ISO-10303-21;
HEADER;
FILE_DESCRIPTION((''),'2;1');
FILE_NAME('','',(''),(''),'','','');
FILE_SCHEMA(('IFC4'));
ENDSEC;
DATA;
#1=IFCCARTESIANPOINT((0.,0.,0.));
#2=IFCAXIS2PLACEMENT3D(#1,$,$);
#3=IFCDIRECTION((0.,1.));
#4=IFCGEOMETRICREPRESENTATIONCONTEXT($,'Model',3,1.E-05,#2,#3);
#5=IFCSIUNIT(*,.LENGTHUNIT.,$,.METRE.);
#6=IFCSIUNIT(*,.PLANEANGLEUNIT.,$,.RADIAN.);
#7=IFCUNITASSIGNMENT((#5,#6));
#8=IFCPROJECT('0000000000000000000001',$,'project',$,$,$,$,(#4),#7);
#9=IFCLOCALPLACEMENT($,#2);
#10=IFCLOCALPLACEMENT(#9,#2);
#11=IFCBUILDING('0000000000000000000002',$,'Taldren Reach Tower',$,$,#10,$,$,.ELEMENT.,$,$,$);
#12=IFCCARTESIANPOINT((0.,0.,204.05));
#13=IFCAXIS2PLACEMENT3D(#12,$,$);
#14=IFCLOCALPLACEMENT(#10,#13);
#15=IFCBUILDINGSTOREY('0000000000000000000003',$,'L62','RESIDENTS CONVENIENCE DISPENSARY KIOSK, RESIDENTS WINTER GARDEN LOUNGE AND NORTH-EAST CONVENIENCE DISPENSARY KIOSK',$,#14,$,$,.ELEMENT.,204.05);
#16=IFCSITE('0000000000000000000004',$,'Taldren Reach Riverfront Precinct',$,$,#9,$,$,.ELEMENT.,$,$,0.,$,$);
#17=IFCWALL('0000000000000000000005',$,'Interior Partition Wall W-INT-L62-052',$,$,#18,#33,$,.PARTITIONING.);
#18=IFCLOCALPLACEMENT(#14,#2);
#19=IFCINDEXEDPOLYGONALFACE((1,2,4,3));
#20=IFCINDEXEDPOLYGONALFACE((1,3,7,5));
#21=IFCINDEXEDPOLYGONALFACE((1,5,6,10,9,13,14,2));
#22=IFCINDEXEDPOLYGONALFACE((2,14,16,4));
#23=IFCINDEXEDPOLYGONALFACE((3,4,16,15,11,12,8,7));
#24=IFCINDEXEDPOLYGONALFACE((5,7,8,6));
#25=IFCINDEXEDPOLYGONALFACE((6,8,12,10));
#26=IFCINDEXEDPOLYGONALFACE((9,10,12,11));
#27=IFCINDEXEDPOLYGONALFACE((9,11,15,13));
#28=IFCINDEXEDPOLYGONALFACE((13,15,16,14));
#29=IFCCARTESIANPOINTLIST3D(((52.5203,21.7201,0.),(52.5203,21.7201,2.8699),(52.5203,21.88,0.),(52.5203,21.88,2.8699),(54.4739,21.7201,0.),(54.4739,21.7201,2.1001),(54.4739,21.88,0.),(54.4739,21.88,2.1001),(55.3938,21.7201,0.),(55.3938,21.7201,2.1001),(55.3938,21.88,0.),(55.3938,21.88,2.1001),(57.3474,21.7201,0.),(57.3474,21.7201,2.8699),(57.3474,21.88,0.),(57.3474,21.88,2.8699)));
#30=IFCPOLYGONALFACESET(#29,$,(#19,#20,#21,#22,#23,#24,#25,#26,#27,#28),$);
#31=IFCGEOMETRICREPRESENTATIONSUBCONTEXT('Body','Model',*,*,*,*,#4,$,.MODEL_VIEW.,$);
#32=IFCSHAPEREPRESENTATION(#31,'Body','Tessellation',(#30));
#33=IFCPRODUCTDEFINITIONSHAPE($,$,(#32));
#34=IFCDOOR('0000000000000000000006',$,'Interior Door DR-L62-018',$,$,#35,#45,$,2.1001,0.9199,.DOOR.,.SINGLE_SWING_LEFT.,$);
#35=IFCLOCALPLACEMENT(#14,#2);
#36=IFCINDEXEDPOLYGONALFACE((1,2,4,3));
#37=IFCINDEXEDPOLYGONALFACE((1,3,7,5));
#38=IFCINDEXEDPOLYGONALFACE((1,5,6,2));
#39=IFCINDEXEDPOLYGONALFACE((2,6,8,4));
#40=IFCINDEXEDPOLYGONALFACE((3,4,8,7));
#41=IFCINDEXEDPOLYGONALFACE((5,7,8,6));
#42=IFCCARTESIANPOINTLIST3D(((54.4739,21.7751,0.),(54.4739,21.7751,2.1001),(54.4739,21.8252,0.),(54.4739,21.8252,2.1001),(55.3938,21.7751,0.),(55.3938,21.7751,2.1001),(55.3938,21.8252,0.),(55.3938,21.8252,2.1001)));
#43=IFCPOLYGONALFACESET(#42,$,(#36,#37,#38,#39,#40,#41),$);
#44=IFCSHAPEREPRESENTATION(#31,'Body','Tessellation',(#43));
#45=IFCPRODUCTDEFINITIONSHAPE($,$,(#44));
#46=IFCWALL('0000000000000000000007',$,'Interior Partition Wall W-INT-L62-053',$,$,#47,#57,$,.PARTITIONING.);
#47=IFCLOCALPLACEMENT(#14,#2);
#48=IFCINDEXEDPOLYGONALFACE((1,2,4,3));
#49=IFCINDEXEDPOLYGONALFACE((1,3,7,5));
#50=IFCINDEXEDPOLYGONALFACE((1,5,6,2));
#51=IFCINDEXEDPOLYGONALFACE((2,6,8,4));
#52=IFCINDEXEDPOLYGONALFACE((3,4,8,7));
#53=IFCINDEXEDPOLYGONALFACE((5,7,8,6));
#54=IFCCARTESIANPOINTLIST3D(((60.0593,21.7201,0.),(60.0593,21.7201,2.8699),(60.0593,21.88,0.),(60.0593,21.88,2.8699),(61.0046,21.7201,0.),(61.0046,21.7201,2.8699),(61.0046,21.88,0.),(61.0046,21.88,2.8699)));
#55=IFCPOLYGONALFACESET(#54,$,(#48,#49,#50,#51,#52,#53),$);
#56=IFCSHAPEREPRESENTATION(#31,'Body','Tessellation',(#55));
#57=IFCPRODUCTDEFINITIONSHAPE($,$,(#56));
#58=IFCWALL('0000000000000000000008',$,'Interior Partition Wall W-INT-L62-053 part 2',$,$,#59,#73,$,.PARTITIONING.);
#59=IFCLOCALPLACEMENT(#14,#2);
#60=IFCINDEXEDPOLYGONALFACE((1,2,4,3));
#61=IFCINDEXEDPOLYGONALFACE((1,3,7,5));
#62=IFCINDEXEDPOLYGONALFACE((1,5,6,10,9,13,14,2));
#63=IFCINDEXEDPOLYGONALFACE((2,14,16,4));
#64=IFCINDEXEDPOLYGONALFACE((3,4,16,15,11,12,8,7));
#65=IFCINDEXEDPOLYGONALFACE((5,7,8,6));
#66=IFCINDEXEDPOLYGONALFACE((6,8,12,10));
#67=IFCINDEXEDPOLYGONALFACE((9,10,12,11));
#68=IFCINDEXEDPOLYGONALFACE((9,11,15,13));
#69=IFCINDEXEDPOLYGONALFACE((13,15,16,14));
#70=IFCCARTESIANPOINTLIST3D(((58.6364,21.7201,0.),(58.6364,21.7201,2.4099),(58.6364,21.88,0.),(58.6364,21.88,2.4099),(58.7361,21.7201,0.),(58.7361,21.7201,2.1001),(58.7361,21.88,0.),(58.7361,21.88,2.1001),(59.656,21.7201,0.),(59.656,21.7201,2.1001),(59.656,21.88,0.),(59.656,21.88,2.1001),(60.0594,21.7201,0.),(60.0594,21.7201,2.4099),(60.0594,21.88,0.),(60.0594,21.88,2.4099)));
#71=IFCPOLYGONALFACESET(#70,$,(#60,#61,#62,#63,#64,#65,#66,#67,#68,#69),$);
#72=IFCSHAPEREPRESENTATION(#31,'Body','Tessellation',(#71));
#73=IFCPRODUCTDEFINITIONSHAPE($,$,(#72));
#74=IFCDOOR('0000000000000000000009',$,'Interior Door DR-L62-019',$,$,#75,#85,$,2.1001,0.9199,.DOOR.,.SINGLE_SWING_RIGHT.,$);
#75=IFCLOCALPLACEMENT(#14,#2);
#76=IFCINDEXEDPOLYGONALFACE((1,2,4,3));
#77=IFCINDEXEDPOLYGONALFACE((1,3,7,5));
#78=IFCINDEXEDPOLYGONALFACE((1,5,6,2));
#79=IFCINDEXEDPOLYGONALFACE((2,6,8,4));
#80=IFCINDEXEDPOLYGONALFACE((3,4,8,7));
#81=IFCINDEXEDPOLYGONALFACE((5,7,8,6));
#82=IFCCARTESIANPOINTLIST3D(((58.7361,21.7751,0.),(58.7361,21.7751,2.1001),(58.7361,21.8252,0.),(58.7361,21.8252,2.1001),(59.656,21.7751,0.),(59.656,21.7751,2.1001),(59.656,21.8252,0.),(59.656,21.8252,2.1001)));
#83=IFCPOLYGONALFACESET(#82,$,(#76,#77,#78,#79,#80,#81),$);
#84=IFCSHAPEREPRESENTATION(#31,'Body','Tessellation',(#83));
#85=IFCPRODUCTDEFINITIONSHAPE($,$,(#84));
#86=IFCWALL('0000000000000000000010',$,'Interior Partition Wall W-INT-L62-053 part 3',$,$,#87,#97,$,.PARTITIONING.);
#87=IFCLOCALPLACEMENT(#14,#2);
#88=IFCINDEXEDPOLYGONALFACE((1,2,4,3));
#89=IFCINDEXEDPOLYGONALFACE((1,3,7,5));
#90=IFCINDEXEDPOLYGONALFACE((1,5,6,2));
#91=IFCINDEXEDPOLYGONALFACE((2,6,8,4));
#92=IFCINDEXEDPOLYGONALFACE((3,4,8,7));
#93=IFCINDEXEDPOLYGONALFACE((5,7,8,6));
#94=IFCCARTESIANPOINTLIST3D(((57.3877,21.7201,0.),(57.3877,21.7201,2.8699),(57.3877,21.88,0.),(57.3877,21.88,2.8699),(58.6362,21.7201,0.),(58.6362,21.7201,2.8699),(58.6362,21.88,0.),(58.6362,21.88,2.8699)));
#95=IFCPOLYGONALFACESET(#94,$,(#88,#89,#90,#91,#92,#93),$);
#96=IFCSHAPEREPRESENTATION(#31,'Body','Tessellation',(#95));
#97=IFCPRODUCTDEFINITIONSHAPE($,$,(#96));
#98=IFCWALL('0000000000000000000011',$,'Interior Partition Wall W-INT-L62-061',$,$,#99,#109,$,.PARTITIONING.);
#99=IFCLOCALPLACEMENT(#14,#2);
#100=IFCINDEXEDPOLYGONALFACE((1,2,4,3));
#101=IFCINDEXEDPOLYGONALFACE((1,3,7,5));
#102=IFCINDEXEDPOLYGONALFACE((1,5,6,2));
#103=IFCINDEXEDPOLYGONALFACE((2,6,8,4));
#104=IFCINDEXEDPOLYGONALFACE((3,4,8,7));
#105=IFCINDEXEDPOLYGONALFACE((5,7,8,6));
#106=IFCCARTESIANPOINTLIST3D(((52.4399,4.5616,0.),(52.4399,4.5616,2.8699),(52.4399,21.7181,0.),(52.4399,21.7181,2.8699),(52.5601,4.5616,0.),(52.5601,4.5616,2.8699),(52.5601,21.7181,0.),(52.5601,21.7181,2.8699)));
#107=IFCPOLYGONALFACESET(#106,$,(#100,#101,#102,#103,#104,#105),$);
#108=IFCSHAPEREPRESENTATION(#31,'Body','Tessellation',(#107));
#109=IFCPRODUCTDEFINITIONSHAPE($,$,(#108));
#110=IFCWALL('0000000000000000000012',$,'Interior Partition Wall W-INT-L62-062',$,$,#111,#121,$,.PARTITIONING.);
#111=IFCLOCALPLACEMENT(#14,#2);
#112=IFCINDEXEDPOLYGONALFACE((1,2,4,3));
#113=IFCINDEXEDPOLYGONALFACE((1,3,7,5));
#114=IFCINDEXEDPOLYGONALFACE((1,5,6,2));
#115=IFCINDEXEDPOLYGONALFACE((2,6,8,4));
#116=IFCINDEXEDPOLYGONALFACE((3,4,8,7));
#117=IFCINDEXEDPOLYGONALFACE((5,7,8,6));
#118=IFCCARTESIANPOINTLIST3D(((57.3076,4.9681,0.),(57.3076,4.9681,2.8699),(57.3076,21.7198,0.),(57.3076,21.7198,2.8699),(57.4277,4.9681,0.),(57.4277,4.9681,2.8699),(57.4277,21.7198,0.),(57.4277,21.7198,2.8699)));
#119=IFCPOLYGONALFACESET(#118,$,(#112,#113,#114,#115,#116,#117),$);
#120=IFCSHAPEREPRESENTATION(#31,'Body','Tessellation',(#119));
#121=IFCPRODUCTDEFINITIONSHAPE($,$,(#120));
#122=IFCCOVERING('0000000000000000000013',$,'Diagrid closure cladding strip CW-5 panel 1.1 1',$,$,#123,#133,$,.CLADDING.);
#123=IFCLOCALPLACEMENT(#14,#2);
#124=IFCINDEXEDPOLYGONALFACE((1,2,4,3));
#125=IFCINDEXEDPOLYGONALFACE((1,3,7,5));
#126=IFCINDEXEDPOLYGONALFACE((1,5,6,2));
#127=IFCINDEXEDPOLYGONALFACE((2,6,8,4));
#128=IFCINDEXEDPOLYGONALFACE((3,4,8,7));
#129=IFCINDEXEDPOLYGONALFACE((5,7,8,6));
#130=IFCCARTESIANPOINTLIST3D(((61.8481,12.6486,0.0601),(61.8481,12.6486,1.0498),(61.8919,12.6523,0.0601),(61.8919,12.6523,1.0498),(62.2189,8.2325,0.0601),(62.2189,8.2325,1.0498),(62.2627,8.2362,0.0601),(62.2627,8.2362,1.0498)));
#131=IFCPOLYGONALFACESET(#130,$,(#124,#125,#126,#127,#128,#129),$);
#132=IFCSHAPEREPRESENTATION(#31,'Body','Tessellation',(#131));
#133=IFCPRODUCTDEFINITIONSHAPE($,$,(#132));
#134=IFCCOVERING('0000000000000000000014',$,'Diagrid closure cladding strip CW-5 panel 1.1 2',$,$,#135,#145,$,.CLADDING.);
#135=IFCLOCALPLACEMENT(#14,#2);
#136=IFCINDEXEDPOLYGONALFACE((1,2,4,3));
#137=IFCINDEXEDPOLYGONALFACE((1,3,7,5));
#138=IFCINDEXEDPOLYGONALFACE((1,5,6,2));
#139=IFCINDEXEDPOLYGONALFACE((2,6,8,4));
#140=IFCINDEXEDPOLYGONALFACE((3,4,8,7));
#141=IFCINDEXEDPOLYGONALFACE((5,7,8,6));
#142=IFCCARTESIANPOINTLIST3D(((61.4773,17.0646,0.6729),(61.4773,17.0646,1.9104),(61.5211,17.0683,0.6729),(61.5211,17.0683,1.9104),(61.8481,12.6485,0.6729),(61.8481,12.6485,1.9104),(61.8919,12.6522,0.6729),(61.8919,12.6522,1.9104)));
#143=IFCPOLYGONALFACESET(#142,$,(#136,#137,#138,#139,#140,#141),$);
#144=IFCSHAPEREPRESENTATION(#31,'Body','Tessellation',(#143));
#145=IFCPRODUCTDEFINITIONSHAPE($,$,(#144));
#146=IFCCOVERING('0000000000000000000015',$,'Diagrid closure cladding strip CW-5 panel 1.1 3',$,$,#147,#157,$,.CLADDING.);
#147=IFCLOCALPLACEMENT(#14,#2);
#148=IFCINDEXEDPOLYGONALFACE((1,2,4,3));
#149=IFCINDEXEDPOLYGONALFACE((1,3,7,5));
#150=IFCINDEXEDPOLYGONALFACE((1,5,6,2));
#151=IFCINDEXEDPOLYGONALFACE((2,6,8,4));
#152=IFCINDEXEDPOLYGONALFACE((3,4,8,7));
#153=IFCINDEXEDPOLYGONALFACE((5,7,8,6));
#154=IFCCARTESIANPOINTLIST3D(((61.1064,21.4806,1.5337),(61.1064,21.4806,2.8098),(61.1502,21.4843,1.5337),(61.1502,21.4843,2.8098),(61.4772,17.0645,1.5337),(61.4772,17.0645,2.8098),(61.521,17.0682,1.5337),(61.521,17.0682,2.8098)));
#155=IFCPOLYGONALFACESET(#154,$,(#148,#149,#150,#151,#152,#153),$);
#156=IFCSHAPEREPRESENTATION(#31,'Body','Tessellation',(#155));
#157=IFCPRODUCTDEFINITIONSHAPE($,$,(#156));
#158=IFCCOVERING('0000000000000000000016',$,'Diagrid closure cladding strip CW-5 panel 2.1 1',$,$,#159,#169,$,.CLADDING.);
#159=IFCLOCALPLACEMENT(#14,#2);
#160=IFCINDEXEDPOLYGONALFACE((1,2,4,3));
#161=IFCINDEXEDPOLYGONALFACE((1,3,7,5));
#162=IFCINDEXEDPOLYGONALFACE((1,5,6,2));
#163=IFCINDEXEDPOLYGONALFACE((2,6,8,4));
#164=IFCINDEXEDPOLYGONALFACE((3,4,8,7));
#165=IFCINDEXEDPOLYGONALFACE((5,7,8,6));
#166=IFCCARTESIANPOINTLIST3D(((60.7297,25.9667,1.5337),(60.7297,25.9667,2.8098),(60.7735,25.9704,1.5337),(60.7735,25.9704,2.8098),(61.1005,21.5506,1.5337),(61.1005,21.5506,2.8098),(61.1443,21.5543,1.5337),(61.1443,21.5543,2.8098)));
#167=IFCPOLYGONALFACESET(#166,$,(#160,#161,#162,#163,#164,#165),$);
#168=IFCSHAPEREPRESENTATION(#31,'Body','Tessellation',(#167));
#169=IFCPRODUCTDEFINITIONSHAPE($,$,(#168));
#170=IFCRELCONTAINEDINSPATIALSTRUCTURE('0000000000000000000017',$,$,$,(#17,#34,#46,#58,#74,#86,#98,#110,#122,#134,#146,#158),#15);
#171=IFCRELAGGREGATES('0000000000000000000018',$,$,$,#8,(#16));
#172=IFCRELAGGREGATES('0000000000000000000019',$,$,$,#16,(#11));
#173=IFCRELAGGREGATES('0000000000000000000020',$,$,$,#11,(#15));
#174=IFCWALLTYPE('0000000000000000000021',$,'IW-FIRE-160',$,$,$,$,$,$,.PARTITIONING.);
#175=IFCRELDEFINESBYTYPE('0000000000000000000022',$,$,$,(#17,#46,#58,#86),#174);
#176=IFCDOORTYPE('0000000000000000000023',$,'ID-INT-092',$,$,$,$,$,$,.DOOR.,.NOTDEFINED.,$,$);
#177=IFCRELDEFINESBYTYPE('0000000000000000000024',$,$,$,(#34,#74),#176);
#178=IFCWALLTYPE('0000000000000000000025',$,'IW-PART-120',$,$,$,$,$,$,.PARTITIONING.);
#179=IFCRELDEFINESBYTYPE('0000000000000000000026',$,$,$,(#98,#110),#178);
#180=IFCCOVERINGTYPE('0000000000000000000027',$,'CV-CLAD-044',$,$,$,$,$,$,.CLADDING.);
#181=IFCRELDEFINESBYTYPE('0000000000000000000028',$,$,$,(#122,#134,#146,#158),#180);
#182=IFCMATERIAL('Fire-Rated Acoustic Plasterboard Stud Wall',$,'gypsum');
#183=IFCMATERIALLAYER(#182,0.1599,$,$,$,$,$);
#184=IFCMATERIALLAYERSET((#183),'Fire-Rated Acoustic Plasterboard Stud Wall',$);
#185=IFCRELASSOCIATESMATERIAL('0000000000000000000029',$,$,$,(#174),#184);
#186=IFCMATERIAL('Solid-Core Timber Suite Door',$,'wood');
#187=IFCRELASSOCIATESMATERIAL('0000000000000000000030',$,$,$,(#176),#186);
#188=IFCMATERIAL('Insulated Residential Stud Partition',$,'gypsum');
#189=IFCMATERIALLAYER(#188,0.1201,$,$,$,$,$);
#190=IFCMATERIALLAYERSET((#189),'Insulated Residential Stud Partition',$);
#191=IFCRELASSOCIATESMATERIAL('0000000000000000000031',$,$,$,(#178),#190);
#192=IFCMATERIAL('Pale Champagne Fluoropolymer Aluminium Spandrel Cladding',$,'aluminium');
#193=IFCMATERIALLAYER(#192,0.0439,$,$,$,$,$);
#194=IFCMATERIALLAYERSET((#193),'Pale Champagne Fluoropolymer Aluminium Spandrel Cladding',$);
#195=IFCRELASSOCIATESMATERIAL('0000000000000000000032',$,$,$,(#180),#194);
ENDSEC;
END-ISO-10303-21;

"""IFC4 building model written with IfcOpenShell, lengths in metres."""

from ifc_helpers import new_model, si_unit, direction, frame, frame_2d, origin, origin_2d, place, context, subcontext, project, spatial, rectangle, extrude, source, transform, mapped, material, layer, layer_set, type_object, element, fill, save


model = new_model("IFC4")

# Units and contexts
model_context = context("Model", 3, precision=1e-05, world=origin(), true_north=direction((0.0, 1.0)))
body_context = subcontext(model_context, "Body", "Model", "MODEL_VIEW")
ifc_project = project(units=[si_unit("LENGTHUNIT", "METRE"), si_unit("PLANEANGLEUNIT", "RADIAN")], contexts=[model_context])

# Site, building, storey
site_placement = place(None, origin())
site = spatial("IfcSite", under=ifc_project, at=site_placement, Name="Taldren Reach Riverfront Precinct", CompositionType="ELEMENT", RefElevation=0.0)
building_placement = place(site_placement, origin())
building = spatial("IfcBuilding", under=site, at=building_placement, Name="Taldren Reach Tower", CompositionType="ELEMENT")
storey_placement = place(building_placement, frame((0.0, 0.0, 204.05)))
storey = spatial("IfcBuildingStorey", under=building, at=storey_placement, Name="L62", Description="RESIDENTS CONVENIENCE DISPENSARY KIOSK, RESIDENTS WINTER GARDEN LOUNGE AND NORTH-EAST CONVENIENCE DISPENSARY KIOSK", CompositionType="ELEMENT", Elevation=204.05)

# Wall, opening, door
ifc_material_1 = material(Name="Fire-Rated Acoustic Plasterboard Stud Wall", Category="gypsum")
ifc_layer_1 = layer(ifc_material_1, 0.1599)
ifc_layer_set_1 = layer_set([ifc_layer_1], Name="Fire-Rated Acoustic Plasterboard Stud Wall")
wall_type_1 = type_object("IfcWallType", Name="IW-FIRE-160", PredefinedType="PARTITIONING", material=ifc_layer_set_1)
shared_shape_1 = source(origin(), body_context, "Body", "SweptSolid", [
    extrude(rectangle(XDim=4.8271, YDim=0.1599, at=frame_2d((2.4136, 0.0))), origin(), (0.0, 0.0, 1.0), 2.8699),
])
wall_1_placement = place(storey_placement, frame((57.3474, 21.8, 0.0), z_axis=(0.0, 0.0, 1.0), x_axis=(-1.0, 0.0, 0.0)))
wall_1 = element("IfcWall", 1, at=wall_1_placement, inside=storey, type_object=wall_type_1, Name="Interior Partition Wall W-INT-L62-052", PredefinedType="PARTITIONING", context=body_context, shape_type="MappedRepresentation", body=[
    mapped(shared_shape_1, transform((0.0, 0.0, 0.0), scale=1.0)),
])
shared_shape_2 = source(origin(), body_context, "Body", "SweptSolid", [
    extrude(rectangle(XDim=0.9199, YDim=2.1001, at=frame_2d((0.46, 1.05))), frame((0.0, 0.0898, 0.0), z_axis=(0.0, -1.0, 0.0), x_axis=(1.0, 0.0, 0.0)), (0.0, 0.0, 1.0), 0.1799),
])
opening_1_placement = place(wall_1_placement, frame((1.9536, 0.0, 0.0)))
opening_1 = element("IfcOpeningElement", 2, at=opening_1_placement, cuts=wall_1, PredefinedType="OPENING", context=body_context, shape_type="MappedRepresentation", body=[
    mapped(shared_shape_2, transform((0.0, 0.0, 0.0), scale=1.0)),
])
ifc_material_2 = material(Name="Solid-Core Timber Suite Door", Category="wood")
door_type = type_object("IfcDoorType", Name="ID-INT-092", OperationType="NOTDEFINED", PredefinedType="DOOR", material=ifc_material_2)
shared_shape_3 = source(origin(), body_context, "Body", "SweptSolid", [
    extrude(rectangle(XDim=0.9199, YDim=2.1001, at=frame_2d((0.46, 1.05))), frame((0.0, 0.0249, 0.0), z_axis=(0.0, -1.0, 0.0), x_axis=(1.0, 0.0, 0.0)), (0.0, 0.0, 1.0), 0.05),
])
door_1_placement = place(opening_1_placement, origin())
door_1 = element("IfcDoor", 3, at=door_1_placement, inside=storey, type_object=door_type, Name="Interior Door DR-L62-018", OperationType="SINGLE_SWING_LEFT", OverallHeight=2.1001, OverallWidth=0.9199, PredefinedType="DOOR", context=body_context, shape_type="MappedRepresentation", body=[
    mapped(shared_shape_3, transform((0.0, 0.0, 0.0), scale=1.0)),
])
fill(opening_1, door_1)

# Wall
shared_shape_4 = source(origin(), body_context, "Body", "SweptSolid", [
    extrude(rectangle(XDim=0.9453, YDim=0.1599, at=frame_2d((0.4727, 0.0))), origin(), (0.0, 0.0, 1.0), 2.8699),
])
wall_2_placement = place(storey_placement, frame((61.0046, 21.8, 0.0), z_axis=(0.0, 0.0, 1.0), x_axis=(-1.0, 0.0, 0.0)))
element("IfcWall", 4, at=wall_2_placement, inside=storey, type_object=wall_type_1, Name="Interior Partition Wall W-INT-L62-053", PredefinedType="PARTITIONING", context=body_context, shape_type="MappedRepresentation", body=[
    mapped(shared_shape_4, transform((0.0, 0.0, 0.0), scale=1.0)),
])

# Wall, opening, door
shared_shape_5 = source(origin(), body_context, "Body", "SweptSolid", [
    extrude(rectangle(XDim=1.4231, YDim=0.1599, at=frame_2d((0.7114, 0.0))), origin(), (0.0, 0.0, 1.0), 2.4099),
])
wall_3_placement = place(storey_placement, frame((60.0593, 21.8, 0.0), z_axis=(0.0, 0.0, 1.0), x_axis=(-1.0, 0.0, 0.0)))
wall_3 = element("IfcWall", 5, at=wall_3_placement, inside=storey, type_object=wall_type_1, Name="Interior Partition Wall W-INT-L62-053 part 2", PredefinedType="PARTITIONING", context=body_context, shape_type="MappedRepresentation", body=[
    mapped(shared_shape_5, transform((0.0, 0.0, 0.0), scale=1.0)),
])
opening_2_placement = place(wall_3_placement, frame((0.4033, 0.0, 0.0)))
opening_2 = element("IfcOpeningElement", 6, at=opening_2_placement, cuts=wall_3, PredefinedType="OPENING", context=body_context, shape_type="MappedRepresentation", body=[
    mapped(shared_shape_2, transform((0.0, 0.0, 0.0), scale=1.0)),
])
door_2_placement = place(opening_2_placement, origin())
door_2 = element("IfcDoor", 7, at=door_2_placement, inside=storey, type_object=door_type, Name="Interior Door DR-L62-019", OperationType="SINGLE_SWING_RIGHT", OverallHeight=2.1001, OverallWidth=0.9199, PredefinedType="DOOR", context=body_context, shape_type="MappedRepresentation", body=[
    mapped(shared_shape_3, transform((0.0, 0.0, 0.0), scale=1.0)),
])
fill(opening_2, door_2)

# Walls
shared_shape_6 = source(origin(), body_context, "Body", "SweptSolid", [
    extrude(rectangle(XDim=1.2485, YDim=0.1599, at=frame_2d((0.6243, 0.0))), origin(), (0.0, 0.0, 1.0), 2.8699),
])
wall_4_placement = place(storey_placement, frame((58.6362, 21.8, 0.0), z_axis=(0.0, 0.0, 1.0), x_axis=(-1.0, 0.0, 0.0)))
element("IfcWall", 8, at=wall_4_placement, inside=storey, type_object=wall_type_1, Name="Interior Partition Wall W-INT-L62-053 part 3", PredefinedType="PARTITIONING", context=body_context, shape_type="MappedRepresentation", body=[
    mapped(shared_shape_6, transform((0.0, 0.0, 0.0), scale=1.0)),
])
ifc_material_3 = material(Name="Insulated Residential Stud Partition", Category="gypsum")
ifc_layer_2 = layer(ifc_material_3, 0.1201)
ifc_layer_set_2 = layer_set([ifc_layer_2], Name="Insulated Residential Stud Partition")
wall_type_2 = type_object("IfcWallType", Name="IW-PART-120", PredefinedType="PARTITIONING", material=ifc_layer_set_2)
shared_shape_7 = source(origin(), body_context, "Body", "SweptSolid", [
    extrude(rectangle(XDim=17.1565, YDim=0.1201, at=frame_2d((8.5781, 0.0))), origin(), (0.0, 0.0, 1.0), 2.8699),
])
wall_5_placement = place(storey_placement, frame((52.5, 21.718, 0.0), z_axis=(0.0, 0.0, 1.0), x_axis=(0.0, -1.0, 0.0)))
element("IfcWall", 9, at=wall_5_placement, inside=storey, type_object=wall_type_2, Name="Interior Partition Wall W-INT-L62-061", PredefinedType="PARTITIONING", context=body_context, shape_type="MappedRepresentation", body=[
    mapped(shared_shape_7, transform((0.0, 0.0, 0.0), scale=1.0)),
])
shared_shape_8 = source(origin(), body_context, "Body", "SweptSolid", [
    extrude(rectangle(XDim=16.7517, YDim=0.1201, at=frame_2d((8.376, 0.0))), origin(), (0.0, 0.0, 1.0), 2.8699),
])
wall_6_placement = place(storey_placement, frame((57.3677, 21.72, 0.0), z_axis=(0.0, 0.0, 1.0), x_axis=(0.0, -1.0, 0.0)))
element("IfcWall", 10, at=wall_6_placement, inside=storey, type_object=wall_type_2, Name="Interior Partition Wall W-INT-L62-062", PredefinedType="PARTITIONING", context=body_context, shape_type="MappedRepresentation", body=[
    mapped(shared_shape_8, transform((0.0, 0.0, 0.0), scale=1.0)),
])

# Coverings
ifc_material_4 = material(Name="Pale Champagne Fluoropolymer Aluminium Spandrel Cladding", Category="aluminium")
ifc_layer_3 = layer(ifc_material_4, 0.0439)
ifc_layer_set_3 = layer_set([ifc_layer_3], Name="Pale Champagne Fluoropolymer Aluminium Spandrel Cladding")
covering_type = type_object("IfcCoveringType", Name="CV-CLAD-044", PredefinedType="CLADDING", material=ifc_layer_set_3)
shared_shape_9 = source(origin(), body_context, "Body", "SweptSolid", [
    extrude(rectangle(XDim=4.4316, YDim=0.0439, at=origin_2d()), origin(), (0.0, 0.0, 1.0), 0.9897),
])
covering_1_placement = place(storey_placement, frame((62.0554, 10.4424, 0.0601), z_axis=(0.0, 0.0, 1.0), x_axis=(-0.083678, 0.996493, 0.0)))
element("IfcCovering", 11, at=covering_1_placement, inside=storey, type_object=covering_type, Name="Diagrid closure cladding strip CW-5 panel 1.1 1", PredefinedType="CLADDING", context=body_context, shape_type="MappedRepresentation", body=[
    mapped(shared_shape_9, transform((0.0, 0.0, 0.0), scale=1.0)),
])
shared_shape_10 = source(origin(), body_context, "Body", "SweptSolid", [
    extrude(rectangle(XDim=4.4316, YDim=0.0439, at=origin_2d()), origin(), (0.0, 0.0, 1.0), 1.2375),
])
covering_2_placement = place(storey_placement, frame((61.6846, 14.8584, 0.6729), z_axis=(0.0, 0.0, 1.0), x_axis=(-0.083678, 0.996493, 0.0)))
element("IfcCovering", 12, at=covering_2_placement, inside=storey, type_object=covering_type, Name="Diagrid closure cladding strip CW-5 panel 1.1 2", PredefinedType="CLADDING", context=body_context, shape_type="MappedRepresentation", body=[
    mapped(shared_shape_10, transform((0.0, 0.0, 0.0), scale=1.0)),
])
shared_shape_11 = source(origin(), body_context, "Body", "SweptSolid", [
    extrude(rectangle(XDim=4.4316, YDim=0.0439, at=origin_2d()), origin(), (0.0, 0.0, 1.0), 1.2761),
])
for number, where, z_axis, x_axis, name in (
    (13, (61.3137, 19.2744, 1.5337), (0.0, 0.0, 1.0), (-0.083678, 0.996493, 0.0), "Diagrid closure cladding strip CW-5 panel 1.1 3"),
    (14, (60.937, 23.7605, 1.5337), (0.0, 0.0, 1.0), (-0.083678, 0.996493, 0.0), "Diagrid closure cladding strip CW-5 panel 2.1 1"),
):
    element("IfcCovering", number, at=place(storey_placement, frame(where, z_axis=z_axis, x_axis=x_axis)), inside=storey, type_object=covering_type, Name=name, PredefinedType="CLADDING", context=body_context, shape_type="MappedRepresentation", body=[
        mapped(shared_shape_11, transform((0.0, 0.0, 0.0), scale=1.0)),
    ])

save(model, "model.ifc")
